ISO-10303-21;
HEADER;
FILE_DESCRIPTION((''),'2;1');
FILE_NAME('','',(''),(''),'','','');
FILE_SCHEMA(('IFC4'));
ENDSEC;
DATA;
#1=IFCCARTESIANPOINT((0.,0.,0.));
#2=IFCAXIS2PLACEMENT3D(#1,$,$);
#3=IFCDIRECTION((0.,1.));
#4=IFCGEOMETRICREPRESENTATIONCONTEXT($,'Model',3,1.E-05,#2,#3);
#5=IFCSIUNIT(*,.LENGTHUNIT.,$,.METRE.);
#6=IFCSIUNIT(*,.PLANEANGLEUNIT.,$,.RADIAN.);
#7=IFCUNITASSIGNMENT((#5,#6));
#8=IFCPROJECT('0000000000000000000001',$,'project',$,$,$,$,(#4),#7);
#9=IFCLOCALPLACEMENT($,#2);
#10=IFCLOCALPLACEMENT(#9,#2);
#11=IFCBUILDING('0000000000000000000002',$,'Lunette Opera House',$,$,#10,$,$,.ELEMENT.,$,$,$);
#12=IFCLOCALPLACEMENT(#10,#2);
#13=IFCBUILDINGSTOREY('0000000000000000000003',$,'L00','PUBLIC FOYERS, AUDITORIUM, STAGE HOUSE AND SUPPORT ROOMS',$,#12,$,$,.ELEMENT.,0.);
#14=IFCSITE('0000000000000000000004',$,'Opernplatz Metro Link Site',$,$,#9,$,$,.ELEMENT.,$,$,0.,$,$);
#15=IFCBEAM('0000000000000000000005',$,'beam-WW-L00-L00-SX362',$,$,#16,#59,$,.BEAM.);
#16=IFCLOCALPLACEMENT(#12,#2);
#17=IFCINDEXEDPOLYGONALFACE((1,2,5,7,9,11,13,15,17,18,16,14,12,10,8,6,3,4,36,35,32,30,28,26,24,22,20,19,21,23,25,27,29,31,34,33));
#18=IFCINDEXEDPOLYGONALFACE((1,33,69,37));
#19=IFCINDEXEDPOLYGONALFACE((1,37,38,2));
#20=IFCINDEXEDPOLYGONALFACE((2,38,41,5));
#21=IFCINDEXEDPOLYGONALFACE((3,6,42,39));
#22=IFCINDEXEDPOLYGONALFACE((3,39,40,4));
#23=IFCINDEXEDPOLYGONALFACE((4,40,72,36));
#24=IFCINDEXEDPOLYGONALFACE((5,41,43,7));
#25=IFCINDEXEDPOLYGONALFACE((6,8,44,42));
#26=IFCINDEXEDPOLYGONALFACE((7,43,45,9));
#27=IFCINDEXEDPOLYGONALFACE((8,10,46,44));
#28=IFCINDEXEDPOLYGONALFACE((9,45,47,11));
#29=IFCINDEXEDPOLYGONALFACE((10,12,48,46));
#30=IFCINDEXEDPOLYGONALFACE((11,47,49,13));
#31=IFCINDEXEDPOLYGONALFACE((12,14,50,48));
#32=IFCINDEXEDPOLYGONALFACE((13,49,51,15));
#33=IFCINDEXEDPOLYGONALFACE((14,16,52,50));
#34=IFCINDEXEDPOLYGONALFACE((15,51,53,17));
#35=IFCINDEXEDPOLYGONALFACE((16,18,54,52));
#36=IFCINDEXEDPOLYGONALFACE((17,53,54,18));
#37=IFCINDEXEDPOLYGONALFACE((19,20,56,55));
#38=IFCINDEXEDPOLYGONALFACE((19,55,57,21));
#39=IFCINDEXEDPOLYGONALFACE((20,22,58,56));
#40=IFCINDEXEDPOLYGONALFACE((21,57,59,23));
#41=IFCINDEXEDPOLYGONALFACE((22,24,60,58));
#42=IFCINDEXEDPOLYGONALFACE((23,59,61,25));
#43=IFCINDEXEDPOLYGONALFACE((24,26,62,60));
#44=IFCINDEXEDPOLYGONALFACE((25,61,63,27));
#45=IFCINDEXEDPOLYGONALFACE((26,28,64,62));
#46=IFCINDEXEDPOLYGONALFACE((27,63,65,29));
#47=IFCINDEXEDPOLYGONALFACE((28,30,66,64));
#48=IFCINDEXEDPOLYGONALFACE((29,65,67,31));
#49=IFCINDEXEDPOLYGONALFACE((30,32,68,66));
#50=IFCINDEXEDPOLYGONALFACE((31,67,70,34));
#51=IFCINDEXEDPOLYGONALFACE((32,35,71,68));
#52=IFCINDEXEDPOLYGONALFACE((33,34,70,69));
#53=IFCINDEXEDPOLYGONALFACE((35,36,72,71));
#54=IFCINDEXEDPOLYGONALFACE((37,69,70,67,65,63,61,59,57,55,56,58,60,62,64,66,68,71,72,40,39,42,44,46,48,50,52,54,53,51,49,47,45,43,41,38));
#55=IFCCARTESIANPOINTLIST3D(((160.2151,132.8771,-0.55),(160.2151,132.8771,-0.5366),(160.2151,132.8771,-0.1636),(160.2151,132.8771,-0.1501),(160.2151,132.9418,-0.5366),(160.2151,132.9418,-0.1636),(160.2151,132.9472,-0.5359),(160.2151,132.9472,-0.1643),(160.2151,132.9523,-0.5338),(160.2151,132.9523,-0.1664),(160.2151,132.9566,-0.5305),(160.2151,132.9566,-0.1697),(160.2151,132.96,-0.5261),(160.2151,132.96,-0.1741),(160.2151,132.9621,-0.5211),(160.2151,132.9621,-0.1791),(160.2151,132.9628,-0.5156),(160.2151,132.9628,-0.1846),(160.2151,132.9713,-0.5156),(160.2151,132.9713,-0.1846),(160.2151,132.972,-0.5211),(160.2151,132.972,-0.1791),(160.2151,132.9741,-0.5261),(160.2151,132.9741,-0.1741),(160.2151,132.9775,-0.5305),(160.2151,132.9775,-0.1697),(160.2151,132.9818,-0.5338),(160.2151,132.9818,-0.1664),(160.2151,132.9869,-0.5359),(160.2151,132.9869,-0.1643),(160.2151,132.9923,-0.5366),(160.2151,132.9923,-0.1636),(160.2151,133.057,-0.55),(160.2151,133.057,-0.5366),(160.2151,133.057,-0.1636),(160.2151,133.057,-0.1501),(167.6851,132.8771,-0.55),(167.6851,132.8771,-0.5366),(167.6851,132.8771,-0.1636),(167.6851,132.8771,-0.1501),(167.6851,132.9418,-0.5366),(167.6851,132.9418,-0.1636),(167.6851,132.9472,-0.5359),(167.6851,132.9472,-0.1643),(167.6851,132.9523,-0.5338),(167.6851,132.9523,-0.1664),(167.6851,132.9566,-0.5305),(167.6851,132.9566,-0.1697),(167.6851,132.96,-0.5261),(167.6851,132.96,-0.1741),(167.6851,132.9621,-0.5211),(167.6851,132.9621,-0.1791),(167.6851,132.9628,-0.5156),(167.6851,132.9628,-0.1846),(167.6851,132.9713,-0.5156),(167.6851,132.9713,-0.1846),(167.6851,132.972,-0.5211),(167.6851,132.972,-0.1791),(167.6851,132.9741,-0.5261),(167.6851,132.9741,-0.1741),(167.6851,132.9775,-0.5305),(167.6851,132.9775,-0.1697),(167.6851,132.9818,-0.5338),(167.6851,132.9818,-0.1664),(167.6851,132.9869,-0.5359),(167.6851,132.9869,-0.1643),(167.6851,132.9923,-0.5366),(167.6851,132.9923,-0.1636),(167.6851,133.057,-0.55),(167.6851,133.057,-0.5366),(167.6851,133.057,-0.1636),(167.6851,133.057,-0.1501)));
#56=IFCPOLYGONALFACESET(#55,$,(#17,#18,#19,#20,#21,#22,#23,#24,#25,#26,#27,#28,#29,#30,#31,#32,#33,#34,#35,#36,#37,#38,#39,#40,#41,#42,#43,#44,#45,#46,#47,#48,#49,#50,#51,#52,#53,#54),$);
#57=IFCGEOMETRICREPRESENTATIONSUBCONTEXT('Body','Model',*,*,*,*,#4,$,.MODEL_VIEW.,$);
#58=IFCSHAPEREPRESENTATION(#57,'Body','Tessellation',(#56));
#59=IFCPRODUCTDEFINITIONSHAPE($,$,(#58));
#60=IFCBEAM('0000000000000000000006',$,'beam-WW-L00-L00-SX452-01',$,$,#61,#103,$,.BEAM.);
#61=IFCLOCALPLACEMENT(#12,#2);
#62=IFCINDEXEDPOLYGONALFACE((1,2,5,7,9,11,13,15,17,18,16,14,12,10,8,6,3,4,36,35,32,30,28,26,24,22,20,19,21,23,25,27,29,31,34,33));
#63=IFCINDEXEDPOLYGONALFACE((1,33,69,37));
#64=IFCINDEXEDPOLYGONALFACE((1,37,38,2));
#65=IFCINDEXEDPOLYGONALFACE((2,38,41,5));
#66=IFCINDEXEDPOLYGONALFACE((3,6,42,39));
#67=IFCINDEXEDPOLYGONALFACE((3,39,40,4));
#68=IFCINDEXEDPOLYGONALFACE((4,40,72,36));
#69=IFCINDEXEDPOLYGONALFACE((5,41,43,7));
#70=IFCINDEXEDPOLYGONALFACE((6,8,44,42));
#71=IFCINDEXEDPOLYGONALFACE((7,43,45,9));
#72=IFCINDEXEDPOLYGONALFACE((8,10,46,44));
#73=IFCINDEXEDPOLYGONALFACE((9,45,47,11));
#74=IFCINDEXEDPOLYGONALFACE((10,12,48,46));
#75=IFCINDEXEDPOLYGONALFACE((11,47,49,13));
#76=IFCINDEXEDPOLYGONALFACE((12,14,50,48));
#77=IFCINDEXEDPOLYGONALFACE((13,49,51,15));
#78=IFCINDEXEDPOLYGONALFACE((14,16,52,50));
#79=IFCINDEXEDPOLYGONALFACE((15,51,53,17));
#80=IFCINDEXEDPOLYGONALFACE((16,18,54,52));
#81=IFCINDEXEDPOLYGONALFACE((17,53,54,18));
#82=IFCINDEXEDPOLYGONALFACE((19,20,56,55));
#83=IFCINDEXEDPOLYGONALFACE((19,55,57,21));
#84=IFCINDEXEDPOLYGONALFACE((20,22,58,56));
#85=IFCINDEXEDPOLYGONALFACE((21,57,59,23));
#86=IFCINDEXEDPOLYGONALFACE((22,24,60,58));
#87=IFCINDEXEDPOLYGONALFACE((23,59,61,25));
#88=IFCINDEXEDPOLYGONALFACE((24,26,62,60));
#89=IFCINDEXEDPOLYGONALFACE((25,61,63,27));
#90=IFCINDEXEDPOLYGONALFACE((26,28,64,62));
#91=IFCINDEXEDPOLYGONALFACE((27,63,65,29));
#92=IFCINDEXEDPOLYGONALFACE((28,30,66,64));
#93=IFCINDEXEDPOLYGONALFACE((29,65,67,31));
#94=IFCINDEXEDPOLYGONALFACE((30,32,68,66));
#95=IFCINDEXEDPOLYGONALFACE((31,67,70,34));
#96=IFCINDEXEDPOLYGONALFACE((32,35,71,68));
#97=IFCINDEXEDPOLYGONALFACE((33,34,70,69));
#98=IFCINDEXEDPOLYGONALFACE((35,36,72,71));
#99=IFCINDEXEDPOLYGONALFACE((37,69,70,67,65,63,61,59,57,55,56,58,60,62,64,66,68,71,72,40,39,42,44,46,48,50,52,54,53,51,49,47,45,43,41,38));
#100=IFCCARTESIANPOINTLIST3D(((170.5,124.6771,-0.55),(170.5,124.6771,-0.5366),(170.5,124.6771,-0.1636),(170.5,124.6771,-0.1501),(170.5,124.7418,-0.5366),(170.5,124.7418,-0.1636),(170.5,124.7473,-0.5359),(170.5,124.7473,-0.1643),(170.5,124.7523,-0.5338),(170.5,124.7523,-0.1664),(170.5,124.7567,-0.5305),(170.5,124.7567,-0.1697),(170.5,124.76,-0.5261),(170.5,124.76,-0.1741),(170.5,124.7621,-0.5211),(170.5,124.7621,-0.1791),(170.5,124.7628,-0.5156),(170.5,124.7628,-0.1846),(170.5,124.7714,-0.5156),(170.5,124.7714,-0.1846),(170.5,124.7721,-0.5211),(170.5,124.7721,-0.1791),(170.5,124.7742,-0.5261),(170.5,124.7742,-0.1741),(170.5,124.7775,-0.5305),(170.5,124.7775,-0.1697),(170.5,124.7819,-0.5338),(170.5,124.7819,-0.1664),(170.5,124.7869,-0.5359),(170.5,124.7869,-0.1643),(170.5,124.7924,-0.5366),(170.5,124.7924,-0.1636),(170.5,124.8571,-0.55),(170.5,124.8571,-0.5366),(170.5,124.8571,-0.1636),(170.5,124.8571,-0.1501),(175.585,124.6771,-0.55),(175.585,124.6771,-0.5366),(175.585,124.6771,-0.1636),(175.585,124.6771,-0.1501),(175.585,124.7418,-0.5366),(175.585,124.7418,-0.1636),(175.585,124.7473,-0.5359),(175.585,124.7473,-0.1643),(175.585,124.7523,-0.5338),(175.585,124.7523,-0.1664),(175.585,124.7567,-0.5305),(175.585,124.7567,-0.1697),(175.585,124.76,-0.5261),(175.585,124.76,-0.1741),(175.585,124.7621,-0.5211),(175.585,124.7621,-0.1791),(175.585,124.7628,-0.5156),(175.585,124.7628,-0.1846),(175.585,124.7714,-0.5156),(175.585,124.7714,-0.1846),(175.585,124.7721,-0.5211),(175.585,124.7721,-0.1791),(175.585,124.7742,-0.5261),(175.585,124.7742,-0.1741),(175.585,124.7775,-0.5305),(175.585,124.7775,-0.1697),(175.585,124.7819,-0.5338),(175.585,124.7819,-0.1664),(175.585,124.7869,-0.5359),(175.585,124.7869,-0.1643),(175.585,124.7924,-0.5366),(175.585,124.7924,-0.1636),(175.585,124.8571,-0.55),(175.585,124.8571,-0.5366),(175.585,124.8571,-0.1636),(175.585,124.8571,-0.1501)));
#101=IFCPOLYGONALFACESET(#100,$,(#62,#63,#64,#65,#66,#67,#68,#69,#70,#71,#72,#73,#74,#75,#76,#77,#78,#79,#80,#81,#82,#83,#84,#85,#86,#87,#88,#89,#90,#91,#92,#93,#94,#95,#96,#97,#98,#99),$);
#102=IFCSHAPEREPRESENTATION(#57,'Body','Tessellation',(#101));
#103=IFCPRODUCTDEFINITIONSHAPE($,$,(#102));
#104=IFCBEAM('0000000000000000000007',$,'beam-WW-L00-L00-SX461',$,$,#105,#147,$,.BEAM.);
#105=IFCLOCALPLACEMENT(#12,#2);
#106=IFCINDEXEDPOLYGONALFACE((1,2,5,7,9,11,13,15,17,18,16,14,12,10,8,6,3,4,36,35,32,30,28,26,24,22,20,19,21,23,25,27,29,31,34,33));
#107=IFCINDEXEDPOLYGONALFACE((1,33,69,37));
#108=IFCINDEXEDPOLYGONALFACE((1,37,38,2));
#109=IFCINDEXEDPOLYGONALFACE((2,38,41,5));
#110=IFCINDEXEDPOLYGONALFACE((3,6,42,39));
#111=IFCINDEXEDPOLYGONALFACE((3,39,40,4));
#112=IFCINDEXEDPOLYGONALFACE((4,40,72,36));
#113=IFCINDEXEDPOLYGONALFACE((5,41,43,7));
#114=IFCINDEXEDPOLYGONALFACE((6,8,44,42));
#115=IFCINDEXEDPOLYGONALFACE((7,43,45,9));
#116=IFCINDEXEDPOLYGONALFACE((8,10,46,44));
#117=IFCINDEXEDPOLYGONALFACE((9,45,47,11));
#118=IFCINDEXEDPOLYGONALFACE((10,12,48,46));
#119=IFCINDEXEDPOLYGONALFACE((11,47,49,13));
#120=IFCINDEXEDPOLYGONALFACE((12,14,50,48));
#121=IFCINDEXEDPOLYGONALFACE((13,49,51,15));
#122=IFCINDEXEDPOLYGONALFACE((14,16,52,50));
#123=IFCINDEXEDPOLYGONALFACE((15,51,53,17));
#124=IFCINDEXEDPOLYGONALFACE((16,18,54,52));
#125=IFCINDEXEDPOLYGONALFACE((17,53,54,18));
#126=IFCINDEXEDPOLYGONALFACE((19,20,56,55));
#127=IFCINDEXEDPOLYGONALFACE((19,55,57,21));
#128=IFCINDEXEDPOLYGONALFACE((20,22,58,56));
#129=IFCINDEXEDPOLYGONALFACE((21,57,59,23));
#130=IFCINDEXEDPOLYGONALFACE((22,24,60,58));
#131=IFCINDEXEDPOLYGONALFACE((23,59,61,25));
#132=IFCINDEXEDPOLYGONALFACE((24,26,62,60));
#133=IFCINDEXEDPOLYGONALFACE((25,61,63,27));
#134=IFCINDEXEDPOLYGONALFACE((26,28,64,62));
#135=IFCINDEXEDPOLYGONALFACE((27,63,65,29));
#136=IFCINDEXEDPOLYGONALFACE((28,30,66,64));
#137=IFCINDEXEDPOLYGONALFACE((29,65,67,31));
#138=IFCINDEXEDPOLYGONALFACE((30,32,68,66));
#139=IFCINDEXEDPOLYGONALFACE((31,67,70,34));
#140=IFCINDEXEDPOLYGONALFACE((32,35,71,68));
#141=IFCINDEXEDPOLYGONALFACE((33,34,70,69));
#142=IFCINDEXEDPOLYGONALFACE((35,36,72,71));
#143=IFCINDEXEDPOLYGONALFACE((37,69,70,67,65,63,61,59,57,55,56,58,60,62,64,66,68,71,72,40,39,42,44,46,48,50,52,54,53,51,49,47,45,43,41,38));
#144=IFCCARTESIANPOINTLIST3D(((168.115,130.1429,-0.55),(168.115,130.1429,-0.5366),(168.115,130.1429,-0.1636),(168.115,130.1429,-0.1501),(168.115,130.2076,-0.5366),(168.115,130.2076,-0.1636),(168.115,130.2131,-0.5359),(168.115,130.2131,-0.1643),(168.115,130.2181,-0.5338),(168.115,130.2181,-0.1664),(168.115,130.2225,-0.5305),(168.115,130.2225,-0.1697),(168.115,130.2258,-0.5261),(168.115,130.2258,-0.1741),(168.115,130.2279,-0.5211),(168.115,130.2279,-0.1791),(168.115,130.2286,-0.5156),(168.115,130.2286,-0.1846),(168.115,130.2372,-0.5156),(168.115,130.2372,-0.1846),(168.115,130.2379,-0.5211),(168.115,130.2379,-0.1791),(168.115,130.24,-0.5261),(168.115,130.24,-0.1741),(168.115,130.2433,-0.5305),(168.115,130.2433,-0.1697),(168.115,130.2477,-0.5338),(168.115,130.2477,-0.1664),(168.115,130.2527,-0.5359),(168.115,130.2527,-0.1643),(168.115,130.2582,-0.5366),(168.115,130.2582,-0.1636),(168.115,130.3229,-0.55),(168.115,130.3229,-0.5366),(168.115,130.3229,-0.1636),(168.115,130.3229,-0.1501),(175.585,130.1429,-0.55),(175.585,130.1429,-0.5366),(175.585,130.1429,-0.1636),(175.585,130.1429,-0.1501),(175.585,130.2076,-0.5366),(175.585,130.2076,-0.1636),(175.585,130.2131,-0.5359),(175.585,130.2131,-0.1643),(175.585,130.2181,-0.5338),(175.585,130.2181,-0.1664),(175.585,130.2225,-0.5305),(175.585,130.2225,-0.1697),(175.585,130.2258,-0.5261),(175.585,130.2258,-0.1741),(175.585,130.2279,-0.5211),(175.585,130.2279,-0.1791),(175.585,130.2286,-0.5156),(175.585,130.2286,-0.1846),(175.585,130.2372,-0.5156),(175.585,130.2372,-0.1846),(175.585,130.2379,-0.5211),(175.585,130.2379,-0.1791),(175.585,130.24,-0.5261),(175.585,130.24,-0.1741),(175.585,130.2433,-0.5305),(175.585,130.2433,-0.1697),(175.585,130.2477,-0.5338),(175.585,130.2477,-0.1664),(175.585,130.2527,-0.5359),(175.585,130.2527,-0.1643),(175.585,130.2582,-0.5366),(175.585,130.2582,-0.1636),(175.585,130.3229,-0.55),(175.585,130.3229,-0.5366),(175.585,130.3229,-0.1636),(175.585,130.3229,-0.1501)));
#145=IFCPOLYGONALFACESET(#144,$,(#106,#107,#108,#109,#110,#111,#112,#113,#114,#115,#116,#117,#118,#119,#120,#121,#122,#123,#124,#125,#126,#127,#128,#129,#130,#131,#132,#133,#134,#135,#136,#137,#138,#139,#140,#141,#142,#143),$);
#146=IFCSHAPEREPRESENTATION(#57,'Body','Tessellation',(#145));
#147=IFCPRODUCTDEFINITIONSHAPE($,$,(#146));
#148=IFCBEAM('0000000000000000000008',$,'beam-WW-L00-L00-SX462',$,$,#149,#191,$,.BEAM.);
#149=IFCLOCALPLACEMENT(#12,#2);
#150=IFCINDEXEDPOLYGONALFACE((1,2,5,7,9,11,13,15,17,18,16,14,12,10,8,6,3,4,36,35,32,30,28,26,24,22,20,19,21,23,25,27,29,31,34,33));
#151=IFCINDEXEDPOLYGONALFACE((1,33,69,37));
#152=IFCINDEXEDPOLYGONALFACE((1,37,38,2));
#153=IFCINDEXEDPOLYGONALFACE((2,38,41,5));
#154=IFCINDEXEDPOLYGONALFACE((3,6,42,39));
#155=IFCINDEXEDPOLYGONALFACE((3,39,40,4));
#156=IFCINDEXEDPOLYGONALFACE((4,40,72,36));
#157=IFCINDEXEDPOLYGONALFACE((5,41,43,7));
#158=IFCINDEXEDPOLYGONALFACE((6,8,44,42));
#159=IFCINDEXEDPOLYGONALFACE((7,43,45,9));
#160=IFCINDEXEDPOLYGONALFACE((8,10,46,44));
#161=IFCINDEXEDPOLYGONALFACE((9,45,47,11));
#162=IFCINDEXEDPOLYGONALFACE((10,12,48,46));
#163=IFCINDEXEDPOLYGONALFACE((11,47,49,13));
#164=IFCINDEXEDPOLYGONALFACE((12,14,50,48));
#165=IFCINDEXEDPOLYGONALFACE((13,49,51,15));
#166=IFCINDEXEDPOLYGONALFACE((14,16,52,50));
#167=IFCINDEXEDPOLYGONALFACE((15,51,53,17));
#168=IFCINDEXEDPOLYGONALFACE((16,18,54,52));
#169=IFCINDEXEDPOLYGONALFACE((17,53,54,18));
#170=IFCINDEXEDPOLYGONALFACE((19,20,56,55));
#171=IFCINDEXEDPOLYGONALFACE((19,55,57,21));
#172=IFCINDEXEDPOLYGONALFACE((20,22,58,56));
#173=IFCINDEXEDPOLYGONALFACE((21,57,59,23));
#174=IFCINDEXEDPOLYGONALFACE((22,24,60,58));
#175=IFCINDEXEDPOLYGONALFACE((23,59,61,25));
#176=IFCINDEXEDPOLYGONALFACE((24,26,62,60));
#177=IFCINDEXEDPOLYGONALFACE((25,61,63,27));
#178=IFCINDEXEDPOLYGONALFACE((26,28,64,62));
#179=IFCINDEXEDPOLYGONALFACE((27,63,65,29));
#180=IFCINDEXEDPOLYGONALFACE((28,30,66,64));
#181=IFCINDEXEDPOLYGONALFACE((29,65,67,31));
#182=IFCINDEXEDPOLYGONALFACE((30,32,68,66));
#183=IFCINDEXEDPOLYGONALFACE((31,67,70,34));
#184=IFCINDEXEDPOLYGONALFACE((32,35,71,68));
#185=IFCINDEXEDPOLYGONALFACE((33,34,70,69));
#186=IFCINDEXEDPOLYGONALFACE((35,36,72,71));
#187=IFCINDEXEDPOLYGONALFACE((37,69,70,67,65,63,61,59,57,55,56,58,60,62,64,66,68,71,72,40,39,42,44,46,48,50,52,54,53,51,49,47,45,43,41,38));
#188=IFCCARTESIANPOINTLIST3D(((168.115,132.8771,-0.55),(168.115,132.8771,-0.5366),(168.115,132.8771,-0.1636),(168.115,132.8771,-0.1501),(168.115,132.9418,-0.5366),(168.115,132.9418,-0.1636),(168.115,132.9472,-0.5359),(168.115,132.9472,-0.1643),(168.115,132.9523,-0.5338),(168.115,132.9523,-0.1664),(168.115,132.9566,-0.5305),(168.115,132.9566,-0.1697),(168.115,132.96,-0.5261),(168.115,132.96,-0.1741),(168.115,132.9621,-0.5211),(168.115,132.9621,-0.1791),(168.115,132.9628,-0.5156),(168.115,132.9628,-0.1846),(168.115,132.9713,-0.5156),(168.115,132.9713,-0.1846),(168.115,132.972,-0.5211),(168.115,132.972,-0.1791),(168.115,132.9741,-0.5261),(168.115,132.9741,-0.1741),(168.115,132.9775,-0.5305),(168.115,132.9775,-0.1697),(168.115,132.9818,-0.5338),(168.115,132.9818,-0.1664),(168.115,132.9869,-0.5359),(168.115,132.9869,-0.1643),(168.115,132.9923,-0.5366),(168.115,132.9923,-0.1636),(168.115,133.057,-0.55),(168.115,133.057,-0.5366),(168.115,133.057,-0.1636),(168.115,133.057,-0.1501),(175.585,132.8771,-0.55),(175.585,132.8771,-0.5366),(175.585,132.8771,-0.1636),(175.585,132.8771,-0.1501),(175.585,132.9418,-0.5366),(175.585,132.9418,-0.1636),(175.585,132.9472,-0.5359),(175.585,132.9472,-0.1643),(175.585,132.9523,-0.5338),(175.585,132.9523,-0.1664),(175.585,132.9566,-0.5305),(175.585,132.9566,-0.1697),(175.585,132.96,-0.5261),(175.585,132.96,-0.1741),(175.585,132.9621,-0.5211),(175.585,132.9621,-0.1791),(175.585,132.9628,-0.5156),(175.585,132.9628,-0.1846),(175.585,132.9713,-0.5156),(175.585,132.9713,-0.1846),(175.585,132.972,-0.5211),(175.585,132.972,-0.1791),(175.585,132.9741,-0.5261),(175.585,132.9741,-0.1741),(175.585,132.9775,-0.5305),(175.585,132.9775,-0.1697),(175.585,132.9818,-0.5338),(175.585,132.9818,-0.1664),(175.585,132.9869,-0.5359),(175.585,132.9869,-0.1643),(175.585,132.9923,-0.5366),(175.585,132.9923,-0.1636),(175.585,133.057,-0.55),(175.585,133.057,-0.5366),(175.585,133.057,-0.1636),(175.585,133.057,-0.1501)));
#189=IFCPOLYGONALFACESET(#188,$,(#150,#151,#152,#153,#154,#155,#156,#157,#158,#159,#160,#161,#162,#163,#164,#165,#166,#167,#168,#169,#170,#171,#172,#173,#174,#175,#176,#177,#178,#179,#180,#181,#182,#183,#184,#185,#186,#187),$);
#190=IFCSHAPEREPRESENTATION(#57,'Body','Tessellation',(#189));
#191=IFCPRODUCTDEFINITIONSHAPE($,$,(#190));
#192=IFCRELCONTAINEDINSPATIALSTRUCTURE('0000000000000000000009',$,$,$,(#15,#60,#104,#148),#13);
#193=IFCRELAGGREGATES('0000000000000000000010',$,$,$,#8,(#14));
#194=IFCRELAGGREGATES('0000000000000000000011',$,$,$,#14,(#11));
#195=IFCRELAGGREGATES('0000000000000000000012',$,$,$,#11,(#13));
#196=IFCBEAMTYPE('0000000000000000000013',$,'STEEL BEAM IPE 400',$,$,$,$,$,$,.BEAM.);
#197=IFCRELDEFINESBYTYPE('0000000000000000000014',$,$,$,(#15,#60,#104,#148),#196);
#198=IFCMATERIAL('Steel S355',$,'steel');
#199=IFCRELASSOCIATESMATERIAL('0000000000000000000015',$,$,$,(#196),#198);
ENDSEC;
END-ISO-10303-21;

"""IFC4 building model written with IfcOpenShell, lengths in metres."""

from ifc_helpers import new_model, si_unit, direction, frame, origin, origin_2d, place, context, subcontext, project, spatial, i_section, extrude, material, material_profile, profile_set, type_object, element, save


model = new_model("IFC4")

# Units and contexts
model_context = context("Model", 3, precision=1e-05, world=origin(), true_north=direction((0.0, 1.0)))
body_context = subcontext(model_context, "Body", "Model", "MODEL_VIEW")
ifc_project = project(units=[si_unit("LENGTHUNIT", "METRE"), si_unit("PLANEANGLEUNIT", "RADIAN")], contexts=[model_context])

# Site, building, storey
site_placement = place(None, origin())
site = spatial("IfcSite", under=ifc_project, at=site_placement, Name="Opernplatz Metro Link Site", CompositionType="ELEMENT", RefElevation=0.0)
building_placement = place(site_placement, origin())
building = spatial("IfcBuilding", under=site, at=building_placement, Name="Lunette Opera House", CompositionType="ELEMENT")
storey_placement = place(building_placement, origin())
storey = spatial("IfcBuildingStorey", under=building, at=storey_placement, Name="L00", Description="PUBLIC FOYERS, AUDITORIUM, STAGE HOUSE AND SUPPORT ROOMS", CompositionType="ELEMENT", Elevation=0.0)

# Beams
ifc_material_1 = material(Name="Steel S355", Category="steel")
ifc_material_profile_1 = material_profile(ifc_material_1, i_section(OverallWidth=0.1799, OverallDepth=0.3999, WebThickness=0.0085, FlangeThickness=0.0134, FilletRadius=0.021, at=origin_2d()), Name="IPE 400")
ifc_profile_set_1 = profile_set([ifc_material_profile_1], Name="Steel S355")
beam_type_1 = type_object("IfcBeamType", Name="STEEL BEAM IPE 400", PredefinedType="BEAM", material=ifc_profile_set_1)
for number, where, z_axis, x_axis, name in (
    (1, (160.2151, 132.967, -0.3501), (1.0, 0.0, 0.0), (0.0, 1.0, 0.0), "beam-WW-L00-L00-SX362"),
):
    element("IfcBeam", number, at=place(storey_placement, frame(where, z_axis=z_axis, x_axis=x_axis)), inside=storey, type_object=beam_type_1, Name=name, PredefinedType="BEAM", context=body_context, shape_type="SweptSolid", body=[
        extrude(i_section(OverallWidth=0.1799, OverallDepth=0.3999, WebThickness=0.0085, FlangeThickness=0.0134, FilletRadius=0.021, at=origin_2d()), origin(), (0.0, 0.0, 1.0), 7.47),
    ])
beam_1_placement = place(storey_placement, frame((170.5, 124.7671, -0.3501), z_axis=(1.0, 0.0, 0.0), x_axis=(0.0, 1.0, 0.0)))
element("IfcBeam", 2, at=beam_1_placement, inside=storey, type_object=beam_type_1, Name="beam-WW-L00-L00-SX452-01", PredefinedType="BEAM", context=body_context, shape_type="SweptSolid", body=[
    extrude(i_section(OverallWidth=0.1799, OverallDepth=0.3999, WebThickness=0.0085, FlangeThickness=0.0134, FilletRadius=0.021, at=origin_2d()), origin(), (0.0, 0.0, 1.0), 5.085),
])
for number, where, z_axis, x_axis, name in (
    (3, (168.115, 130.2329, -0.3501), (1.0, 0.0, 0.0), (0.0, 1.0, 0.0), "beam-WW-L00-L00-SX461"),
    (4, (168.115, 132.967, -0.3501), (1.0, 0.0, 0.0), (0.0, 1.0, 0.0), "beam-WW-L00-L00-SX462"),
):
    element("IfcBeam", number, at=place(storey_placement, frame(where, z_axis=z_axis, x_axis=x_axis)), inside=storey, type_object=beam_type_1, Name=name, PredefinedType="BEAM", context=body_context, shape_type="SweptSolid", body=[
        extrude(i_section(OverallWidth=0.1799, OverallDepth=0.3999, WebThickness=0.0085, FlangeThickness=0.0134, FilletRadius=0.021, at=origin_2d()), origin(), (0.0, 0.0, 1.0), 7.47),
    ])

save(model, "model.ifc")
